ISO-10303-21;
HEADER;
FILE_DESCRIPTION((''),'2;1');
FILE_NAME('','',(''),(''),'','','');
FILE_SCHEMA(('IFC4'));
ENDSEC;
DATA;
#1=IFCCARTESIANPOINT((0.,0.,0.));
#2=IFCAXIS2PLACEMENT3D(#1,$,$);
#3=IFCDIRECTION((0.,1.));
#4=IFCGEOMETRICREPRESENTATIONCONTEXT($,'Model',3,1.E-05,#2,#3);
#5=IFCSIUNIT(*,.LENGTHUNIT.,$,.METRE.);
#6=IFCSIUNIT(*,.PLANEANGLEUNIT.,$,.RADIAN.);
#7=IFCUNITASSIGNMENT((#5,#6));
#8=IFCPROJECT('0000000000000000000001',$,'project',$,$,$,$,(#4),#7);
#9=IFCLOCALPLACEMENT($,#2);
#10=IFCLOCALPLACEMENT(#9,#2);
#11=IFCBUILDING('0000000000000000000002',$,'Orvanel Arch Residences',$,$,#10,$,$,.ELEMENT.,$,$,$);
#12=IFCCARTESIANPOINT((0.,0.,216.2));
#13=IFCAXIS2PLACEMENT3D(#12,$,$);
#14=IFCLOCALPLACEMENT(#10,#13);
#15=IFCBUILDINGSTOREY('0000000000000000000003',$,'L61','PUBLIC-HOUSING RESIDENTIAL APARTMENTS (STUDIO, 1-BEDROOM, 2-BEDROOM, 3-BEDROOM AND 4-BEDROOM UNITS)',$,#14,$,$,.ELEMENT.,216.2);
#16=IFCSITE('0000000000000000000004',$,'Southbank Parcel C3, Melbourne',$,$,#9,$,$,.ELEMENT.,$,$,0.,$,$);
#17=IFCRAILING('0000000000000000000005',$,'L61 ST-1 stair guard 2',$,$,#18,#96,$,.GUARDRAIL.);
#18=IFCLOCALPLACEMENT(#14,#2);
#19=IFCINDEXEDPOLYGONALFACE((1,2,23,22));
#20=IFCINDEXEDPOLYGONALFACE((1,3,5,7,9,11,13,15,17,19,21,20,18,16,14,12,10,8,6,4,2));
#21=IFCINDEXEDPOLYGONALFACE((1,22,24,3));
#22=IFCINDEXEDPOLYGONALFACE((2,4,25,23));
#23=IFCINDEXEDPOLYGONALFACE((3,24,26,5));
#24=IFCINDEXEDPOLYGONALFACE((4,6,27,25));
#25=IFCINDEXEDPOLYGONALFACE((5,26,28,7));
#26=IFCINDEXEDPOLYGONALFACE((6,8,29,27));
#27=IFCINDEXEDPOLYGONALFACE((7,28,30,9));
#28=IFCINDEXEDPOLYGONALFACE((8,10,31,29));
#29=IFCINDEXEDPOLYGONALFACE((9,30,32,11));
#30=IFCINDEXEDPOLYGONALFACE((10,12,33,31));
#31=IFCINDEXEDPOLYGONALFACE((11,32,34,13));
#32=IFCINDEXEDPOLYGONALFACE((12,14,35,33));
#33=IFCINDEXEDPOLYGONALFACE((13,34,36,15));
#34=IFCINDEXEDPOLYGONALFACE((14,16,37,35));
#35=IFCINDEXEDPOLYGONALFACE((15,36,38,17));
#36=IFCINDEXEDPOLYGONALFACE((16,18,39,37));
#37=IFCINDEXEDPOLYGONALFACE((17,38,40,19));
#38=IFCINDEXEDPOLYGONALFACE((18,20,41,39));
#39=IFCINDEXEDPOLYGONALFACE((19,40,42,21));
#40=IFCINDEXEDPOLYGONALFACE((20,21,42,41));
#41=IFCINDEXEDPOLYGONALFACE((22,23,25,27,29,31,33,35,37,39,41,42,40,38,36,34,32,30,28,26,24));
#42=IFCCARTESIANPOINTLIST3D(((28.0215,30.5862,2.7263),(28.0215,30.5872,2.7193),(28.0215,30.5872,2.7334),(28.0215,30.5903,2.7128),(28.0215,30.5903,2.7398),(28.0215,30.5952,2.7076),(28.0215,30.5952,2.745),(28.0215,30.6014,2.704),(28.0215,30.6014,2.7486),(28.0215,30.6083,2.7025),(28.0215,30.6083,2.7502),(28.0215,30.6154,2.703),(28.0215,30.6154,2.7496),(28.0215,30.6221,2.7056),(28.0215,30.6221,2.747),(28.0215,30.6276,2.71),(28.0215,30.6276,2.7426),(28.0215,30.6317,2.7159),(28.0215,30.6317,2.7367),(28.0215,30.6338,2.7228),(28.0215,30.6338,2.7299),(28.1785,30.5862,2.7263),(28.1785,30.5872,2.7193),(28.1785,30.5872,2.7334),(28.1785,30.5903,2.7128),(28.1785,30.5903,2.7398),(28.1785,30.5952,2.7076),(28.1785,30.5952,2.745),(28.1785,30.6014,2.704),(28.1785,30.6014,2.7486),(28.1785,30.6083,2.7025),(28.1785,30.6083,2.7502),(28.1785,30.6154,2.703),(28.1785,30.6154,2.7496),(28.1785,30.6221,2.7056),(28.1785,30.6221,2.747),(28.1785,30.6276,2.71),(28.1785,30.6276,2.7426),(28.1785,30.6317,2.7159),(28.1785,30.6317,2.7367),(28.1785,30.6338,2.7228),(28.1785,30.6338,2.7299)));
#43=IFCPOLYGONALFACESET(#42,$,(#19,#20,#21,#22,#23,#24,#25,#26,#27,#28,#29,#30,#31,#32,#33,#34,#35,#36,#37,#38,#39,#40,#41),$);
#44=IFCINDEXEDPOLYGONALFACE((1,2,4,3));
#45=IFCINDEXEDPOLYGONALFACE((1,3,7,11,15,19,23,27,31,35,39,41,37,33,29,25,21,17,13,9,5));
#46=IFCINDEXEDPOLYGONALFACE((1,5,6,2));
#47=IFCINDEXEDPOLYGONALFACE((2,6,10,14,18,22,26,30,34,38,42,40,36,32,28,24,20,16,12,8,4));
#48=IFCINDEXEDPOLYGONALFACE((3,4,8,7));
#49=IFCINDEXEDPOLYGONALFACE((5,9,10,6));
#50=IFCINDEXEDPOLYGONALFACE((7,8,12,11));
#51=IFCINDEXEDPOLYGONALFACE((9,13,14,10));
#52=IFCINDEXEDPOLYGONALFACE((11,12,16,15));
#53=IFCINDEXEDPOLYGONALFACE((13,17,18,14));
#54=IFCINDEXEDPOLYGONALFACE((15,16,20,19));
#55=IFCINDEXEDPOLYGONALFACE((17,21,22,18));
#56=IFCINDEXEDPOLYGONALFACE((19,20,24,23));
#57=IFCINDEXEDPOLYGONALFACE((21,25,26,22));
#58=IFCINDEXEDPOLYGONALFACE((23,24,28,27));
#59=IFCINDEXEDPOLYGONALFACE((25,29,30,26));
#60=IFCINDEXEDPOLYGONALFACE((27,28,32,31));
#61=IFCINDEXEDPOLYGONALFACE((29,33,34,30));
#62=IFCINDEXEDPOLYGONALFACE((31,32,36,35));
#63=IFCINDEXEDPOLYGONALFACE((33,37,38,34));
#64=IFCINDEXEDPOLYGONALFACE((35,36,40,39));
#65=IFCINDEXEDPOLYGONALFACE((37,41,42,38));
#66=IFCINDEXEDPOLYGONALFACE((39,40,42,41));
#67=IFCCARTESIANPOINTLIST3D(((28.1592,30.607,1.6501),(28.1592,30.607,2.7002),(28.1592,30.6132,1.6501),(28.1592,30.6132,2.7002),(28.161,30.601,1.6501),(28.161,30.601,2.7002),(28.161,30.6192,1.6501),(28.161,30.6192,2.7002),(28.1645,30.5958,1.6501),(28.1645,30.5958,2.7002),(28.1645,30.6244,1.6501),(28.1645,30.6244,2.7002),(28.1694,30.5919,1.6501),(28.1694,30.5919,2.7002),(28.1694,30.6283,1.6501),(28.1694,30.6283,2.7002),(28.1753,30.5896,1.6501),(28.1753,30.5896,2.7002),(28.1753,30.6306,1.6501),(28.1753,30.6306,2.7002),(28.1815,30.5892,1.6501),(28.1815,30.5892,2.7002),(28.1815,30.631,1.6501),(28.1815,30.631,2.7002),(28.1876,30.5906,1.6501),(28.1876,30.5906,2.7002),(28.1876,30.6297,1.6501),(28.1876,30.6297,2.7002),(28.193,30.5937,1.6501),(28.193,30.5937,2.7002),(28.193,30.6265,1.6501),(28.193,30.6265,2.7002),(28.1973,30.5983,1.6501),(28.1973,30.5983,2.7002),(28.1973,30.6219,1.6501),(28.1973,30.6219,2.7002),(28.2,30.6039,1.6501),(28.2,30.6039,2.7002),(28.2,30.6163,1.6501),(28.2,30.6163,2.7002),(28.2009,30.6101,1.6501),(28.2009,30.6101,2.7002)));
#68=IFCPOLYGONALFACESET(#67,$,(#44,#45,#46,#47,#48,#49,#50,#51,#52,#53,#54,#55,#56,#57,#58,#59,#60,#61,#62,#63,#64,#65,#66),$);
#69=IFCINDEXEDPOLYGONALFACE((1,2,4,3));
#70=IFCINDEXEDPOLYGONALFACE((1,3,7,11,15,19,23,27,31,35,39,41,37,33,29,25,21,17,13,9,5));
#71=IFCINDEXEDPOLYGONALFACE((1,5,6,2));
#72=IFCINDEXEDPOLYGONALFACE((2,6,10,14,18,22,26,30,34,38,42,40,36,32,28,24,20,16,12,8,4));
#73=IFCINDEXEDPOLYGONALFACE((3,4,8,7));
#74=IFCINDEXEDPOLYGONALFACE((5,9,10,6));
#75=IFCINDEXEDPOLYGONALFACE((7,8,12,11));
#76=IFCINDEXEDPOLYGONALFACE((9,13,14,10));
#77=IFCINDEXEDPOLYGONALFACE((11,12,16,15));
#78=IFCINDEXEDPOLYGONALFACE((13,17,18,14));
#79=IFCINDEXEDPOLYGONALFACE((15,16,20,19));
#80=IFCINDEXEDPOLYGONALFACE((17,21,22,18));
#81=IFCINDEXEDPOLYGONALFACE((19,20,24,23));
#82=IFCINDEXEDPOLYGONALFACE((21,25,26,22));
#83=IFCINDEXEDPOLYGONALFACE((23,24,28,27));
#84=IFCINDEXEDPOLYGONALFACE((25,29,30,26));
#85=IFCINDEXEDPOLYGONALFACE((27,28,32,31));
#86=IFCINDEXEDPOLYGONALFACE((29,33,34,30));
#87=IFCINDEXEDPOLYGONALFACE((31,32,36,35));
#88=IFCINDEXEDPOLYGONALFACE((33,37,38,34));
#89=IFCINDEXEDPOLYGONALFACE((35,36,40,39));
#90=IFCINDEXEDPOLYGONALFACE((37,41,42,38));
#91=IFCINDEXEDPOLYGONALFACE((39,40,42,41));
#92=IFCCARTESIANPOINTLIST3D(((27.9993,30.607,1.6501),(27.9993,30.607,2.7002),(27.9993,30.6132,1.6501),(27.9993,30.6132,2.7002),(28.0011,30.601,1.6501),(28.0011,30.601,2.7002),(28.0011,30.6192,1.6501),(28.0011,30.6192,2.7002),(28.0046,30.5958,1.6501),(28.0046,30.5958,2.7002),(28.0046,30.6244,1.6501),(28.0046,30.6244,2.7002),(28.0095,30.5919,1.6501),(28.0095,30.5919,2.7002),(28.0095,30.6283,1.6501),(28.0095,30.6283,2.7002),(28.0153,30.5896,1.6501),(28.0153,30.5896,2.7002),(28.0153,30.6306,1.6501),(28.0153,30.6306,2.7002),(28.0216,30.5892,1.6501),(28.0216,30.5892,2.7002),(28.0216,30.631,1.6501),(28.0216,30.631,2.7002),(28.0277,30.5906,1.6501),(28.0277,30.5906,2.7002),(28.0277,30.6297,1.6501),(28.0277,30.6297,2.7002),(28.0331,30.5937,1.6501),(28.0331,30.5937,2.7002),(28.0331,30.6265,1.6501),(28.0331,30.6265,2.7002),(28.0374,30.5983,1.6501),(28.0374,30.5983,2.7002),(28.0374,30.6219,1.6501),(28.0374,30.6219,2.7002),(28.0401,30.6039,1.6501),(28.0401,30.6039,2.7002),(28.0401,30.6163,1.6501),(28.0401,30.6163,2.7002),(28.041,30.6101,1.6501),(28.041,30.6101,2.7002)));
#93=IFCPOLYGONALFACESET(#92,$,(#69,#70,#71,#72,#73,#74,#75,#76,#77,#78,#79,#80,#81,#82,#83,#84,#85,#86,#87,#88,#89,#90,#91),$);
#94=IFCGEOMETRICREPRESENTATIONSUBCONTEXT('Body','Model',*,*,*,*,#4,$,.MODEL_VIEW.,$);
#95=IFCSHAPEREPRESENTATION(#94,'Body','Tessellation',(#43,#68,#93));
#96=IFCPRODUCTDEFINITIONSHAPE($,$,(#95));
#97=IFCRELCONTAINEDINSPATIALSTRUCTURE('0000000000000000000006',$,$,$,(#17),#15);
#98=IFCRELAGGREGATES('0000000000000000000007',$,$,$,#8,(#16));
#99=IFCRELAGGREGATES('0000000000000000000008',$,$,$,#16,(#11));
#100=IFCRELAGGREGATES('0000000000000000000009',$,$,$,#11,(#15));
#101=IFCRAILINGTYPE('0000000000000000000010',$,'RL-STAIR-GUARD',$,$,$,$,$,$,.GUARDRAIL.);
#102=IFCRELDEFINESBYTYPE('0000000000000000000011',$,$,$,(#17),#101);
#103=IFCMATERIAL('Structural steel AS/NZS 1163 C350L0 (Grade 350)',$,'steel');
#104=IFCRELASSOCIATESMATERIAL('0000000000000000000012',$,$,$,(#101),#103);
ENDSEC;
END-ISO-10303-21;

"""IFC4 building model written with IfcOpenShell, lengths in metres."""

from ifc_helpers import new_model, si_unit, direction, frame, origin, origin_2d, place, context, subcontext, project, spatial, circle, extrude, material, type_object, element, save


model = new_model("IFC4")

# Units and contexts
model_context = context("Model", 3, precision=1e-05, world=origin(), true_north=direction((0.0, 1.0)))
body_context = subcontext(model_context, "Body", "Model", "MODEL_VIEW")
ifc_project = project(units=[si_unit("LENGTHUNIT", "METRE"), si_unit("PLANEANGLEUNIT", "RADIAN")], contexts=[model_context])

# Site, building, storey
site_placement = place(None, origin())
site = spatial("IfcSite", under=ifc_project, at=site_placement, Name="Southbank Parcel C3, Melbourne", CompositionType="ELEMENT", RefElevation=0.0)
building_placement = place(site_placement, origin())
building = spatial("IfcBuilding", under=site, at=building_placement, Name="Orvanel Arch Residences", CompositionType="ELEMENT")
storey_placement = place(building_placement, frame((0.0, 0.0, 216.2)))
storey = spatial("IfcBuildingStorey", under=building, at=storey_placement, Name="L61", Description="PUBLIC-HOUSING RESIDENTIAL APARTMENTS (STUDIO, 1-BEDROOM, 2-BEDROOM, 3-BEDROOM AND 4-BEDROOM UNITS)", CompositionType="ELEMENT", Elevation=216.2)

# Railing
ifc_material_1 = material(Name="Structural steel AS/NZS 1163 C350L0 (Grade 350)", Category="steel")
railing_type_1 = type_object("IfcRailingType", Name="RL-STAIR-GUARD", PredefinedType="GUARDRAIL", material=ifc_material_1)
railing_1_placement = place(storey_placement, frame((28.1799, 30.6101, 1.6501)))
element("IfcRailing", 1, at=railing_1_placement, inside=storey, type_object=railing_type_1, Name="L61 ST-1 stair guard 2", PredefinedType="GUARDRAIL", context=body_context, shape_type="SweptSolid", body=[
    extrude(circle(Radius=0.0239, at=origin_2d()), frame((-0.0015, 0.0, 1.0762), z_axis=(-1.0, 0.0, 0.0), x_axis=(0.0, -1.0, 0.0)), (0.0, 0.0, 1.0), 0.157),
    extrude(circle(Radius=0.021, at=origin_2d()), origin(), (0.0, 0.0, 1.0), 1.05),
    extrude(circle(Radius=0.021, at=origin_2d()), frame((-0.1599, 0.0, 0.0)), (0.0, 0.0, 1.0), 1.05),
])

save(model, "model.ifc")
